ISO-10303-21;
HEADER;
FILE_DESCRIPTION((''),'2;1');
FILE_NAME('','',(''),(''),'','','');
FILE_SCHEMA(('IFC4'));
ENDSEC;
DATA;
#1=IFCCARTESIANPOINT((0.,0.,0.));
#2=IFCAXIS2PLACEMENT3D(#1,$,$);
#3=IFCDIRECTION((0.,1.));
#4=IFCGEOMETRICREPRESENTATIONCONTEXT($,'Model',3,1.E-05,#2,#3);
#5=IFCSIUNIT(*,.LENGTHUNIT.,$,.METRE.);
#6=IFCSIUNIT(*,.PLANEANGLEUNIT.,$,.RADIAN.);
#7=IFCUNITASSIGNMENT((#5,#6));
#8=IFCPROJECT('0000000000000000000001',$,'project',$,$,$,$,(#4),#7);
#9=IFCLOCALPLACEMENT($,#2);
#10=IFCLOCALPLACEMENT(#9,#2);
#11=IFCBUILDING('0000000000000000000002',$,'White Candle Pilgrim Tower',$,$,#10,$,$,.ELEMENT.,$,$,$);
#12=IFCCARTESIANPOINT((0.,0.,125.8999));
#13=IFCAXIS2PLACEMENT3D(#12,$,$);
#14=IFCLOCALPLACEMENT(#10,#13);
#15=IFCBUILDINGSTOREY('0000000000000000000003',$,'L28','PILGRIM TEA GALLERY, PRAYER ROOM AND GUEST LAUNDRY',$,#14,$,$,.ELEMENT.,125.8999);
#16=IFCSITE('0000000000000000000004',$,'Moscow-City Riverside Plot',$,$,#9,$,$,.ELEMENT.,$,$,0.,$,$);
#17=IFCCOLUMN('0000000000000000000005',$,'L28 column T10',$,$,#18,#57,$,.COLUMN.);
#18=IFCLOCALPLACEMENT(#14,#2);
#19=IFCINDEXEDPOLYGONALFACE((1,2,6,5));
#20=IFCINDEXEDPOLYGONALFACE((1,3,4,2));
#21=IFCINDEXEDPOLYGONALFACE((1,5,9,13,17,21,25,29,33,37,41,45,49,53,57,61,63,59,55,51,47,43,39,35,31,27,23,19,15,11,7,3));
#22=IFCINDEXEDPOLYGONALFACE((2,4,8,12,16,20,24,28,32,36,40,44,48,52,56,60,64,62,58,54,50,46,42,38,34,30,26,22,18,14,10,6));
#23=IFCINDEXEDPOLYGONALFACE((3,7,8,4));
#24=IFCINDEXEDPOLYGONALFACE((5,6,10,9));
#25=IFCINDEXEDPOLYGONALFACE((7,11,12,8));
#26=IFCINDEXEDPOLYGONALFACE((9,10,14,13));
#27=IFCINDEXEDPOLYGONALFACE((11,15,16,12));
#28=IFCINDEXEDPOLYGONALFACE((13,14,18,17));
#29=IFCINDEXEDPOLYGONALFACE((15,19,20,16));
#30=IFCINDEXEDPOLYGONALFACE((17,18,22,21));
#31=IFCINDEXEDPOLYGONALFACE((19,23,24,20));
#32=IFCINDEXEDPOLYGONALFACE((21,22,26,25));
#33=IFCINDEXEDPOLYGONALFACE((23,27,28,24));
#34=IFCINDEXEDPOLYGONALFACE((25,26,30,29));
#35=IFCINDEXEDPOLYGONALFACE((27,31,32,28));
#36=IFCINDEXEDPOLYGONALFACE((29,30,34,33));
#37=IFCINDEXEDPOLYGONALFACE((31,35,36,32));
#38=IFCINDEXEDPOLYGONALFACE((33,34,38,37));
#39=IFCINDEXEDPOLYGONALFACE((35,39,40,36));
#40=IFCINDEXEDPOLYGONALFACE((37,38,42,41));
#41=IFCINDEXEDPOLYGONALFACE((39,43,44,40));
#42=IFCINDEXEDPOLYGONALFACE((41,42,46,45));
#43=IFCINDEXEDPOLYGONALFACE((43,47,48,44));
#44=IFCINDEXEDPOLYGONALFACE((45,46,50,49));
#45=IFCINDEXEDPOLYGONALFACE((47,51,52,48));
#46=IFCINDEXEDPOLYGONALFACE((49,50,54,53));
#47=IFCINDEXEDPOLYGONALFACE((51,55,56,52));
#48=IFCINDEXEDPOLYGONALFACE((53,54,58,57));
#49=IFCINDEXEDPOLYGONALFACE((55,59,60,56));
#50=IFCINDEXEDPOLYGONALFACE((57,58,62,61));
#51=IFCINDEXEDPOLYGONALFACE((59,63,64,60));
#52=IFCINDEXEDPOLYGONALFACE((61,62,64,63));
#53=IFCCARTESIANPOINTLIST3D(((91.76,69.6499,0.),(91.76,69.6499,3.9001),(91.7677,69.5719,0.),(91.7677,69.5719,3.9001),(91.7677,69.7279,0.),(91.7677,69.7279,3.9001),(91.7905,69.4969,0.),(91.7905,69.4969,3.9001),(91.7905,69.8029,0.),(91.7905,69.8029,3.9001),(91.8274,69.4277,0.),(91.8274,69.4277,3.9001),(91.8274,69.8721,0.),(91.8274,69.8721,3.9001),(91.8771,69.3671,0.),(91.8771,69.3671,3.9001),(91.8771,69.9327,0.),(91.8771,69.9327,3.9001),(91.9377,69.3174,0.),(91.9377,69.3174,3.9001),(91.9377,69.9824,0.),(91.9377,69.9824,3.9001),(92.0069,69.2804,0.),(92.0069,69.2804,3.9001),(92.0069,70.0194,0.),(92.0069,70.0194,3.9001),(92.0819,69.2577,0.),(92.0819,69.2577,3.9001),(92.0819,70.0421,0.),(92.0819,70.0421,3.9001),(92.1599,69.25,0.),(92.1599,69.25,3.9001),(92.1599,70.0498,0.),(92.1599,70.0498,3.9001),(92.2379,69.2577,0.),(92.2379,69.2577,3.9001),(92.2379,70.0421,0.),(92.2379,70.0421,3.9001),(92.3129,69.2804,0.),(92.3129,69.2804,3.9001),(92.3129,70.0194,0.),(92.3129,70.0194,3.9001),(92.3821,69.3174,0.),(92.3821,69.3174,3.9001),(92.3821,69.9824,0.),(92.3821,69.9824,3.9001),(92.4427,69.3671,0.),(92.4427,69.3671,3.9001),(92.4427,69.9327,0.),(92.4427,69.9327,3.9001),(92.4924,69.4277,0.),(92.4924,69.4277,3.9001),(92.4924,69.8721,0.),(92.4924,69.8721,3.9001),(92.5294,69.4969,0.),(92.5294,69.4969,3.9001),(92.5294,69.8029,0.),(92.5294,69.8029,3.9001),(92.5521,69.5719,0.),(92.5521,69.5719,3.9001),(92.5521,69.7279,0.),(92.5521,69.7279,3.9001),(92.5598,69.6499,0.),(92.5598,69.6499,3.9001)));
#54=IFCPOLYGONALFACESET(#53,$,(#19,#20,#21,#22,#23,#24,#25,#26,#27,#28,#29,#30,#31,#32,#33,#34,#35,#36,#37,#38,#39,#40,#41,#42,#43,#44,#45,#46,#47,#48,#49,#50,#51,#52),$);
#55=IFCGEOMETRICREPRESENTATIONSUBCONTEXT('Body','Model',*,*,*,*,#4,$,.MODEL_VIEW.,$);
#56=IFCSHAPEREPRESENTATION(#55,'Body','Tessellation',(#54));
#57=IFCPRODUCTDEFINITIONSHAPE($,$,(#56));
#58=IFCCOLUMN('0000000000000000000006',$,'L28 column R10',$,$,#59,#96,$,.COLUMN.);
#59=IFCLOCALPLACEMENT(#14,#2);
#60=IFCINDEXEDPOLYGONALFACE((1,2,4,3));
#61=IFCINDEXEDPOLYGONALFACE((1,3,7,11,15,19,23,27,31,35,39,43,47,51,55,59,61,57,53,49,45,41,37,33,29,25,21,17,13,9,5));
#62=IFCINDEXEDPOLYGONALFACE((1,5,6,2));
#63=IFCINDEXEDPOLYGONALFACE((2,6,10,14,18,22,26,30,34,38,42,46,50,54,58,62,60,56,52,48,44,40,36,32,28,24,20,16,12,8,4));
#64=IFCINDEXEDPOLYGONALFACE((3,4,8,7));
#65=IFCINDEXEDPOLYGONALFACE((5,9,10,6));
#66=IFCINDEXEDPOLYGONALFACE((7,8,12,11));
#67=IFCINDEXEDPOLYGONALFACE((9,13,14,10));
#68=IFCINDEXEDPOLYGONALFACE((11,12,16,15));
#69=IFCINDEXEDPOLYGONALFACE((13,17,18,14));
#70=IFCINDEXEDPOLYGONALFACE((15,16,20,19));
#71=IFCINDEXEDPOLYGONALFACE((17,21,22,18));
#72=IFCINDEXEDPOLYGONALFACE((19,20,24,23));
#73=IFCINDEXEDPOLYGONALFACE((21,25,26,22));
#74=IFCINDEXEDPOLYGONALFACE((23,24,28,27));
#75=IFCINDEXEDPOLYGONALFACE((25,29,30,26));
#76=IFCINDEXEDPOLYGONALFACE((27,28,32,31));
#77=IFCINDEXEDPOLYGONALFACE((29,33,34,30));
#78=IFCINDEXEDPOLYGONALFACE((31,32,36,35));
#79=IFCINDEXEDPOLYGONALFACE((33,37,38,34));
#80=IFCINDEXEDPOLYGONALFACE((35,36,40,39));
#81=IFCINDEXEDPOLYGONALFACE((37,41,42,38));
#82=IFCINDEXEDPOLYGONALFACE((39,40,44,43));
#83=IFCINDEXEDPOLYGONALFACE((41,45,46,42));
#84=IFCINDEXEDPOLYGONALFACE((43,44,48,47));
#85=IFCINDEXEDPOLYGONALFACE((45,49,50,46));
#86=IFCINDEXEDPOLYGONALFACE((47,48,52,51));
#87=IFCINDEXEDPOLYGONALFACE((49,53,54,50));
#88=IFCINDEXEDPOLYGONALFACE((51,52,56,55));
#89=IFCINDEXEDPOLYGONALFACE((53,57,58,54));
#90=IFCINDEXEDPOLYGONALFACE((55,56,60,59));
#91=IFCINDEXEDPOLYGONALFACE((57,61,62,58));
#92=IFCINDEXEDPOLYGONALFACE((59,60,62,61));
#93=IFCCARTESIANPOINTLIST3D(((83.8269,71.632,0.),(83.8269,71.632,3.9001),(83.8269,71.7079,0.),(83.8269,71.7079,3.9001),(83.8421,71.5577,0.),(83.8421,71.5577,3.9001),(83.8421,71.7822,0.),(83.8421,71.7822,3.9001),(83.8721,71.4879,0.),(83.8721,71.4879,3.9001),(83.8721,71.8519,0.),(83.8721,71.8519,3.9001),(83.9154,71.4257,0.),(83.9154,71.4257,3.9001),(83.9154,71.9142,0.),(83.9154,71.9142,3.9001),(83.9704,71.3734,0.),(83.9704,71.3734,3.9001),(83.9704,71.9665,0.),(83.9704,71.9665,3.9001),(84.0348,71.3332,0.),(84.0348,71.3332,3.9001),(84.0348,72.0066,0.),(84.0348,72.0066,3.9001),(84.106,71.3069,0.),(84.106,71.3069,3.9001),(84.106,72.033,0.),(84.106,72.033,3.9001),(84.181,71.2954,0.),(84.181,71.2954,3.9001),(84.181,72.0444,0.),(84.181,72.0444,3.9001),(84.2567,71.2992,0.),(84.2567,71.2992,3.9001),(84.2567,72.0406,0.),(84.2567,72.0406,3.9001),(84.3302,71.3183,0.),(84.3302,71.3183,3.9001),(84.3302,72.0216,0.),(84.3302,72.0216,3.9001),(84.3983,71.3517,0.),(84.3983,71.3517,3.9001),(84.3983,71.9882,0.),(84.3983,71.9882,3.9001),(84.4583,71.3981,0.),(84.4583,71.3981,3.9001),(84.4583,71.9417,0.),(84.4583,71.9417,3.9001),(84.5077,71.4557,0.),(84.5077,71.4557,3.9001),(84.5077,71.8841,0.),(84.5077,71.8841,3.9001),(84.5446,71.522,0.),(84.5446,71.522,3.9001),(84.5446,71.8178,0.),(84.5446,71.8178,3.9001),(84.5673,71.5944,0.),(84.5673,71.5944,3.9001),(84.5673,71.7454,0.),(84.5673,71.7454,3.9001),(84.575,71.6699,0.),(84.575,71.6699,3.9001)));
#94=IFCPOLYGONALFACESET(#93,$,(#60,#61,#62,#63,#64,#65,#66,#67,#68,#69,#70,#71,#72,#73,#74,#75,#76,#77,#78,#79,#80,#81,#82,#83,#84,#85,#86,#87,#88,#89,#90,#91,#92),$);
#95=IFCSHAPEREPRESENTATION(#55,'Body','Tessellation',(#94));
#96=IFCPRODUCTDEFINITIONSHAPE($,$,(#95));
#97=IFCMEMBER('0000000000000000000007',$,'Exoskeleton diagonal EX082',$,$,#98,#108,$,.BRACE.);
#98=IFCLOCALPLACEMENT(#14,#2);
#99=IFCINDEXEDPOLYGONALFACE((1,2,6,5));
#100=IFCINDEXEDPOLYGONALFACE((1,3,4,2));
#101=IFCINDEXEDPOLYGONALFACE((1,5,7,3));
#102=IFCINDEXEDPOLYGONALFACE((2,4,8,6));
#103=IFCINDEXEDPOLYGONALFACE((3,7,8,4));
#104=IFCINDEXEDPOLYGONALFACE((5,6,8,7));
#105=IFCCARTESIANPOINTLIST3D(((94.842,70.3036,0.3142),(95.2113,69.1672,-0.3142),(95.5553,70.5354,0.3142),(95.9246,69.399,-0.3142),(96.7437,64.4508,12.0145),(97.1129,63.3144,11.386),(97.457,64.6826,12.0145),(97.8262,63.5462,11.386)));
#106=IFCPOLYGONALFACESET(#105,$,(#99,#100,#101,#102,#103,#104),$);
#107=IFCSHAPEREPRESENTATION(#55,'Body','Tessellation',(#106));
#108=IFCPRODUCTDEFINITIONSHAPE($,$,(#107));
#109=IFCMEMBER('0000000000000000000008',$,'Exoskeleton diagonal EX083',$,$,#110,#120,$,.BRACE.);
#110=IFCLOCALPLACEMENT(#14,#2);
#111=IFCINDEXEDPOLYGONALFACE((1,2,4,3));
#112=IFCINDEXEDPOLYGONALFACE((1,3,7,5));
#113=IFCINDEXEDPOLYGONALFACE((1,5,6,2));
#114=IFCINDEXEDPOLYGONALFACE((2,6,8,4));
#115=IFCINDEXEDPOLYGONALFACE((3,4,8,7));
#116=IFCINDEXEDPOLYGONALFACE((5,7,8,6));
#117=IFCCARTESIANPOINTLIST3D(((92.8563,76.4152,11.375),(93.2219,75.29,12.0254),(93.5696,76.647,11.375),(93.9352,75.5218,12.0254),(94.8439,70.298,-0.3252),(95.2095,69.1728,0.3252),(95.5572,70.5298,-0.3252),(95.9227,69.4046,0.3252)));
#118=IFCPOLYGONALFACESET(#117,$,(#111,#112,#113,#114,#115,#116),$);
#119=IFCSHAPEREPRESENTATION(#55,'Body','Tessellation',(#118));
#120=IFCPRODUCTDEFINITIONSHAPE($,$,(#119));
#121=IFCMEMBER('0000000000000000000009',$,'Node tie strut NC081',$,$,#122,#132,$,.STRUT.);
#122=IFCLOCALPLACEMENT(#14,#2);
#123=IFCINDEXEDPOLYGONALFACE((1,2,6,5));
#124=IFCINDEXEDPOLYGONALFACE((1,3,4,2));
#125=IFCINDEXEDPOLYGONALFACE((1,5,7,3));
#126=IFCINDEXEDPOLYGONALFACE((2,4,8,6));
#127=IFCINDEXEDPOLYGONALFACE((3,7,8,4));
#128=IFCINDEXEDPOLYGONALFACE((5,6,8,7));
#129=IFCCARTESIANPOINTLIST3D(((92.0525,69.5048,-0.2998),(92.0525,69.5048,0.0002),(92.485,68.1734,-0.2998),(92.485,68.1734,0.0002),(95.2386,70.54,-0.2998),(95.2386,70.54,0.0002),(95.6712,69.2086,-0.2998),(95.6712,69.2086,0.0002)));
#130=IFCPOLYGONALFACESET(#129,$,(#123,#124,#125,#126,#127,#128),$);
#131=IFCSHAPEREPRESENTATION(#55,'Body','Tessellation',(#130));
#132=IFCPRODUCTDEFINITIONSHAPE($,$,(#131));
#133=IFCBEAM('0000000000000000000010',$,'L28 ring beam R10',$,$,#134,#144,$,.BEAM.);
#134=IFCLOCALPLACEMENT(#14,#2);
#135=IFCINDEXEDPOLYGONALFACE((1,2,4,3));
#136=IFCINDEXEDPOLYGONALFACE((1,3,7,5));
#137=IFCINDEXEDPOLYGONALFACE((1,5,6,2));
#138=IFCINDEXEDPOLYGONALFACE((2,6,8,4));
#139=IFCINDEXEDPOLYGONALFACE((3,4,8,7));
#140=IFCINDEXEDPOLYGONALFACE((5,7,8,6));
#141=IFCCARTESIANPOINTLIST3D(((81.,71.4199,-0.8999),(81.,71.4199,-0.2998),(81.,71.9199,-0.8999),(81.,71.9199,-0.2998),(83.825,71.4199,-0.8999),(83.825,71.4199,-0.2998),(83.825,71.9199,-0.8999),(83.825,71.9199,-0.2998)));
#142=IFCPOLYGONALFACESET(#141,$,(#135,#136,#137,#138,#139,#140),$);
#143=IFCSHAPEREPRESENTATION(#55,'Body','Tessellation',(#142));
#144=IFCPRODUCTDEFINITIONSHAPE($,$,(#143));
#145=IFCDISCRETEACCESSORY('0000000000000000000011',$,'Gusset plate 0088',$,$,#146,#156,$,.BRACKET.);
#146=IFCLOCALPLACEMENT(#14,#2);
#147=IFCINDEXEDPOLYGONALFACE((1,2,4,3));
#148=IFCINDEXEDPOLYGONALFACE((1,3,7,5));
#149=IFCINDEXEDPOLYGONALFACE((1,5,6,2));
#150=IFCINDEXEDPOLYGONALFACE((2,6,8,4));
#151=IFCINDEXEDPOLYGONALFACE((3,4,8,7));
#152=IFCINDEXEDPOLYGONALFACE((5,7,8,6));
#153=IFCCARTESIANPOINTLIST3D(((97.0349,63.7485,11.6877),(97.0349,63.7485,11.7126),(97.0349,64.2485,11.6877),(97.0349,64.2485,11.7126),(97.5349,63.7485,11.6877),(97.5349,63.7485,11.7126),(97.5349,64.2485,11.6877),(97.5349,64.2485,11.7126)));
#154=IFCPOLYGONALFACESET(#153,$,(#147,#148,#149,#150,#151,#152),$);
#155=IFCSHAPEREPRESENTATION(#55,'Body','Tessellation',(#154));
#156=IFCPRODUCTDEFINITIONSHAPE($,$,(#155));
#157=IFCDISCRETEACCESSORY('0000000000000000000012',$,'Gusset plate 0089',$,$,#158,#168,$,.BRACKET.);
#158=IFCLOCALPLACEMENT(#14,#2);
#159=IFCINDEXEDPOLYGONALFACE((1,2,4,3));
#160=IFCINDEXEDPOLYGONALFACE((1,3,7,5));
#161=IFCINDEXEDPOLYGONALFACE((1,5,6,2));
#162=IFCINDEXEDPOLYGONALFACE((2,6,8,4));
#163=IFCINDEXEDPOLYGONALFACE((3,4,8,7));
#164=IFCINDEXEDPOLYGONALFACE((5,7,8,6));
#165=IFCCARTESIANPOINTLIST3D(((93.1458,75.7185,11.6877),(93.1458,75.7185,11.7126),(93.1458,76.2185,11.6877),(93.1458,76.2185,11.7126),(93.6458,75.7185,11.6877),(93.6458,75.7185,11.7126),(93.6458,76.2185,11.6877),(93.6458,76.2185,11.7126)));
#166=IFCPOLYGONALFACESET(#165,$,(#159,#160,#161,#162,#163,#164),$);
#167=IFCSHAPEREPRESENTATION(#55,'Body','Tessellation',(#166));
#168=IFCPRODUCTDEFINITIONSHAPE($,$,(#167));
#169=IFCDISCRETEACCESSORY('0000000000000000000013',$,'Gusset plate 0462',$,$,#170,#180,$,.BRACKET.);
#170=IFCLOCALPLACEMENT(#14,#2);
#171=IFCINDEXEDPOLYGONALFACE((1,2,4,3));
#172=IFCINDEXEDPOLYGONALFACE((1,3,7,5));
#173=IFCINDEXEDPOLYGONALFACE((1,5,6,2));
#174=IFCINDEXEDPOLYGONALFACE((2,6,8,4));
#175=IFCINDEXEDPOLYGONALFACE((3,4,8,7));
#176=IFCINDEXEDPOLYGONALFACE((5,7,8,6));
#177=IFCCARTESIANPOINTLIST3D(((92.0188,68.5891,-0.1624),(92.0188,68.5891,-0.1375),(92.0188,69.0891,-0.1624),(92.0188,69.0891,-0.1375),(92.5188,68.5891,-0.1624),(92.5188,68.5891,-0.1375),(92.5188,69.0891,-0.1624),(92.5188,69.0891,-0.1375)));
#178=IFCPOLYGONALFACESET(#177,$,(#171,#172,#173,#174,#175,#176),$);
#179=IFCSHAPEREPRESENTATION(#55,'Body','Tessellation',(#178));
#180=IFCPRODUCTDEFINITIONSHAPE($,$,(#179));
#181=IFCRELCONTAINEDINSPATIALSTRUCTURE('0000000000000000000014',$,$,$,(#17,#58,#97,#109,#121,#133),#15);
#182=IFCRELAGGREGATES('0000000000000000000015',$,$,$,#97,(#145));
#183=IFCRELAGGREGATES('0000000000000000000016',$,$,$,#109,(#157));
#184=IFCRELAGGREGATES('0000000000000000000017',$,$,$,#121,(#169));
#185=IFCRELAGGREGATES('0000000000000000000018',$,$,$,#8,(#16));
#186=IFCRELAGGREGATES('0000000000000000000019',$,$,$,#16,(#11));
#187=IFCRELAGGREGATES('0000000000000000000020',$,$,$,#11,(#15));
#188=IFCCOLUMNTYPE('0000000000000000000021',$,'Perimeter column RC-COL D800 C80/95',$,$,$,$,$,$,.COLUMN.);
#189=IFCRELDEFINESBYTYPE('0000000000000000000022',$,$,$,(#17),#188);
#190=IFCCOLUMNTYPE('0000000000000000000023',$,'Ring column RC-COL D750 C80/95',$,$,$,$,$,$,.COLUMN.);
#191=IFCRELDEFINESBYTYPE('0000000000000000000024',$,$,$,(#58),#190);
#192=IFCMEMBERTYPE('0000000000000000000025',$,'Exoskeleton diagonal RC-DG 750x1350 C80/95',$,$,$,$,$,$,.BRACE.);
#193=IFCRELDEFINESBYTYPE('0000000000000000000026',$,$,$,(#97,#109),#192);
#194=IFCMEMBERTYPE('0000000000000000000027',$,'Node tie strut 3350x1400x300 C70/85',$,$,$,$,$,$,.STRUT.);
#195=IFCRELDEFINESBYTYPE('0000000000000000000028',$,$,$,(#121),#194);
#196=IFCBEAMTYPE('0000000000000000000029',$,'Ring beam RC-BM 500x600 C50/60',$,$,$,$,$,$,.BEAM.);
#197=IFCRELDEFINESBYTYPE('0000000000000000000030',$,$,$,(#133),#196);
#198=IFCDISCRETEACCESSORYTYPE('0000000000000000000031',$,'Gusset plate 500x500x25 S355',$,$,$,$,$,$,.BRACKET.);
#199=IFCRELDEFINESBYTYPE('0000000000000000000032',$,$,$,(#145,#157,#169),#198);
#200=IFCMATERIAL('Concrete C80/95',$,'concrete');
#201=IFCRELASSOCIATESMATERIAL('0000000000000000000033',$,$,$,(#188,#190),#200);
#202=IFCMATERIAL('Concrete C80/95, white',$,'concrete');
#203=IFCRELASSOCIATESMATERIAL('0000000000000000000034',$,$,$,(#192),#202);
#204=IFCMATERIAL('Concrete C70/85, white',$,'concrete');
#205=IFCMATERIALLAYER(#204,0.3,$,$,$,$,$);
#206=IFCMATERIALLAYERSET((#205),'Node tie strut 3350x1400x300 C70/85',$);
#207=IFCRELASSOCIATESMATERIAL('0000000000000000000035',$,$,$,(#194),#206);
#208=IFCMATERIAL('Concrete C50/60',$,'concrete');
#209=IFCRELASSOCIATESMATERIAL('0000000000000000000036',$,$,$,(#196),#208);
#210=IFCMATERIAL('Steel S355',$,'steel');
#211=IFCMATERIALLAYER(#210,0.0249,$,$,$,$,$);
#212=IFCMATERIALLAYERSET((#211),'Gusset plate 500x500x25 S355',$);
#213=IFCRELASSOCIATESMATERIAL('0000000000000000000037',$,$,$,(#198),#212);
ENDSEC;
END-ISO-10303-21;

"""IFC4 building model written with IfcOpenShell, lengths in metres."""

from ifc_helpers import new_model, si_unit, direction, frame, origin, origin_2d, place, context, subcontext, project, spatial, rectangle, circle, extrude, material, layer, layer_set, material_profile, profile_set, type_object, element, aggregate, save


model = new_model("IFC4")

# Units and contexts
model_context = context("Model", 3, precision=1e-05, world=origin(), true_north=direction((0.0, 1.0)))
body_context = subcontext(model_context, "Body", "Model", "MODEL_VIEW")
ifc_project = project(units=[si_unit("LENGTHUNIT", "METRE"), si_unit("PLANEANGLEUNIT", "RADIAN")], contexts=[model_context])

# Site, building, storey
site_placement = place(None, origin())
site = spatial("IfcSite", under=ifc_project, at=site_placement, Name="Moscow-City Riverside Plot", CompositionType="ELEMENT", RefElevation=0.0)
building_placement = place(site_placement, origin())
building = spatial("IfcBuilding", under=site, at=building_placement, Name="White Candle Pilgrim Tower", CompositionType="ELEMENT")
storey_placement = place(building_placement, frame((0.0, 0.0, 125.8999)))
storey = spatial("IfcBuildingStorey", under=building, at=storey_placement, Name="L28", Description="PILGRIM TEA GALLERY, PRAYER ROOM AND GUEST LAUNDRY", CompositionType="ELEMENT", Elevation=125.8999)

# Columns
ifc_material_1 = material(Name="Concrete C80/95", Category="concrete")
ifc_material_profile_1 = material_profile(ifc_material_1, circle(Radius=0.3999, at=origin_2d()), Name="RC-COL D800")
ifc_profile_set_1 = profile_set([ifc_material_profile_1], Name="Concrete C80/95")
column_type_1 = type_object("IfcColumnType", Name="Perimeter column RC-COL D800 C80/95", PredefinedType="COLUMN", material=ifc_profile_set_1)
column_1_placement = place(storey_placement, frame((92.1599, 69.6499, 0.0), z_axis=(0.0, 0.0, 1.0), x_axis=(1.0, 0.0, 0.0)))
element("IfcColumn", 1, at=column_1_placement, inside=storey, type_object=column_type_1, Name="L28 column T10", PredefinedType="COLUMN", context=body_context, shape_type="SweptSolid", body=[
    extrude(circle(Radius=0.3999, at=origin_2d()), origin(), (0.0, 0.0, 1.0), 3.9001),
])
ifc_material_profile_2 = material_profile(ifc_material_1, circle(Radius=0.375, at=origin_2d()), Name="RC-COL D750")
ifc_profile_set_2 = profile_set([ifc_material_profile_2], Name="Concrete C80/95")
column_type_2 = type_object("IfcColumnType", Name="Ring column RC-COL D750 C80/95", PredefinedType="COLUMN", material=ifc_profile_set_2)
column_2_placement = place(storey_placement, frame((84.2, 71.6699, 0.0), z_axis=(0.0, 0.0, 1.0), x_axis=(1.0, 0.0, 0.0)))
element("IfcColumn", 2, at=column_2_placement, inside=storey, type_object=column_type_2, Name="L28 column R10", PredefinedType="COLUMN", context=body_context, shape_type="SweptSolid", body=[
    extrude(circle(Radius=0.375, at=origin_2d()), origin(), (0.0, 0.0, 1.0), 3.9001),
])

# Members
ifc_material_2 = material(Name="Concrete C80/95, white", Category="concrete")
ifc_material_profile_3 = material_profile(ifc_material_2, rectangle(XDim=0.75, YDim=1.3501, at=origin_2d()), Name="RC-DG 750x1350")
ifc_profile_set_3 = profile_set([ifc_material_profile_3], Name="Concrete C80/95, white")
member_type_1 = type_object("IfcMemberType", Name="Exoskeleton diagonal RC-DG 750x1350 C80/95", PredefinedType="BRACE", material=ifc_profile_set_3)
member_1_placement = place(storey_placement, frame((95.3833, 69.8513, 0.0), z_axis=(0.143845, -0.442725, 0.885044), x_axis=(0.95106, 0.309006, 0.0)))
member_1 = element("IfcMember", 3, at=member_1_placement, inside=storey, type_object=member_type_1, Name="Exoskeleton diagonal EX082", PredefinedType="BRACE", context=body_context, shape_type="SweptSolid", body=[
    extrude(rectangle(XDim=0.75, YDim=1.3501, at=origin_2d()), origin(), (0.0, 0.0, 1.0), 13.22),
])
member_2_placement = place(storey_placement, frame((95.3833, 69.8513, 0.0), z_axis=(-0.148862, 0.458162, 0.876315), x_axis=(-0.951059, -0.309011, 0.0)))
member_2 = element("IfcMember", 4, at=member_2_placement, inside=storey, type_object=member_type_1, Name="Exoskeleton diagonal EX083", PredefinedType="BRACE", context=body_context, shape_type="SweptSolid", body=[
    extrude(rectangle(XDim=0.75, YDim=1.3501, at=origin_2d()), origin(), (0.0, 0.0, 1.0), 13.3516),
])
ifc_material_3 = material(Name="Concrete C70/85, white", Category="concrete")
ifc_layer_1 = layer(ifc_material_3, 0.3)
ifc_layer_set_1 = layer_set([ifc_layer_1], Name="Node tie strut 3350x1400x300 C70/85")
member_type_2 = type_object("IfcMemberType", Name="Node tie strut 3350x1400x300 C70/85", PredefinedType="STRUT", material=ifc_layer_set_1)
member_3_placement = place(storey_placement, frame((93.8618, 69.3567, -0.2998), z_axis=(0.0, 0.0, 1.0), x_axis=(-0.309017, 0.951057, 0.0)))
member_3 = element("IfcMember", 5, at=member_3_placement, inside=storey, type_object=member_type_2, Name="Node tie strut NC081", PredefinedType="STRUT", context=body_context, shape_type="SweptSolid", body=[
    extrude(rectangle(XDim=1.3999, YDim=3.3501, at=origin_2d()), origin(), (0.0, 0.0, 1.0), 0.3),
])

# Beam
ifc_material_4 = material(Name="Concrete C50/60", Category="concrete")
ifc_material_profile_4 = material_profile(ifc_material_4, rectangle(XDim=0.5, YDim=0.6001, at=origin_2d()), Name="RC-BM 500x600")
ifc_profile_set_4 = profile_set([ifc_material_profile_4], Name="Concrete C50/60")
beam_type_1 = type_object("IfcBeamType", Name="Ring beam RC-BM 500x600 C50/60", PredefinedType="BEAM", material=ifc_profile_set_4)
beam_1_placement = place(storey_placement, frame((83.825, 71.6699, -0.5999), z_axis=(-1.0, 0.0, 0.0), x_axis=(0.0, -1.0, 0.0)))
element("IfcBeam", 6, at=beam_1_placement, inside=storey, type_object=beam_type_1, Name="L28 ring beam R10", PredefinedType="BEAM", context=body_context, shape_type="SweptSolid", body=[
    extrude(rectangle(XDim=0.5, YDim=0.6001, at=origin_2d()), origin(), (0.0, 0.0, 1.0), 2.825),
])

# Discrete accessories
ifc_material_5 = material(Name="Steel S355", Category="steel")
ifc_layer_2 = layer(ifc_material_5, 0.0249)
ifc_layer_set_2 = layer_set([ifc_layer_2], Name="Gusset plate 500x500x25 S355")
discrete_accessory_type = type_object("IfcDiscreteAccessoryType", Name="Gusset plate 500x500x25 S355", PredefinedType="BRACKET", material=ifc_layer_set_2)
placement = place(building_placement, frame((0.0, 0.0, 137.6001)))
discrete_accessory_1_placement = place(placement, frame((97.2849, 63.9985, -0.0125), z_axis=(0.0, 0.0, 1.0), x_axis=(1.0, 0.0, 0.0)))
discrete_accessory_1 = element("IfcDiscreteAccessory", 7, at=discrete_accessory_1_placement, type_object=discrete_accessory_type, Name="Gusset plate 0088", PredefinedType="BRACKET", context=body_context, shape_type="SweptSolid", body=[
    extrude(rectangle(XDim=0.5, YDim=0.5, at=origin_2d()), origin(), (0.0, 0.0, 1.0), 0.0249),
])
aggregate(member_1, [discrete_accessory_1])
discrete_accessory_2_placement = place(placement, frame((93.3958, 75.9685, -0.0125), z_axis=(0.0, 0.0, 1.0), x_axis=(1.0, 0.0, 0.0)))
discrete_accessory_2 = element("IfcDiscreteAccessory", 8, at=discrete_accessory_2_placement, type_object=discrete_accessory_type, Name="Gusset plate 0089", PredefinedType="BRACKET", context=body_context, shape_type="SweptSolid", body=[
    extrude(rectangle(XDim=0.5, YDim=0.5, at=origin_2d()), origin(), (0.0, 0.0, 1.0), 0.0249),
])
aggregate(member_2, [discrete_accessory_2])
discrete_accessory_3_placement = place(storey_placement, frame((92.2688, 68.8391, -0.1624), z_axis=(0.0, 0.0, 1.0), x_axis=(1.0, 0.0, 0.0)))
discrete_accessory_3 = element("IfcDiscreteAccessory", 9, at=discrete_accessory_3_placement, type_object=discrete_accessory_type, Name="Gusset plate 0462", PredefinedType="BRACKET", context=body_context, shape_type="SweptSolid", body=[
    extrude(rectangle(XDim=0.5, YDim=0.5, at=origin_2d()), origin(), (0.0, 0.0, 1.0), 0.0249),
])
aggregate(member_3, [discrete_accessory_3])

save(model, "model.ifc")
